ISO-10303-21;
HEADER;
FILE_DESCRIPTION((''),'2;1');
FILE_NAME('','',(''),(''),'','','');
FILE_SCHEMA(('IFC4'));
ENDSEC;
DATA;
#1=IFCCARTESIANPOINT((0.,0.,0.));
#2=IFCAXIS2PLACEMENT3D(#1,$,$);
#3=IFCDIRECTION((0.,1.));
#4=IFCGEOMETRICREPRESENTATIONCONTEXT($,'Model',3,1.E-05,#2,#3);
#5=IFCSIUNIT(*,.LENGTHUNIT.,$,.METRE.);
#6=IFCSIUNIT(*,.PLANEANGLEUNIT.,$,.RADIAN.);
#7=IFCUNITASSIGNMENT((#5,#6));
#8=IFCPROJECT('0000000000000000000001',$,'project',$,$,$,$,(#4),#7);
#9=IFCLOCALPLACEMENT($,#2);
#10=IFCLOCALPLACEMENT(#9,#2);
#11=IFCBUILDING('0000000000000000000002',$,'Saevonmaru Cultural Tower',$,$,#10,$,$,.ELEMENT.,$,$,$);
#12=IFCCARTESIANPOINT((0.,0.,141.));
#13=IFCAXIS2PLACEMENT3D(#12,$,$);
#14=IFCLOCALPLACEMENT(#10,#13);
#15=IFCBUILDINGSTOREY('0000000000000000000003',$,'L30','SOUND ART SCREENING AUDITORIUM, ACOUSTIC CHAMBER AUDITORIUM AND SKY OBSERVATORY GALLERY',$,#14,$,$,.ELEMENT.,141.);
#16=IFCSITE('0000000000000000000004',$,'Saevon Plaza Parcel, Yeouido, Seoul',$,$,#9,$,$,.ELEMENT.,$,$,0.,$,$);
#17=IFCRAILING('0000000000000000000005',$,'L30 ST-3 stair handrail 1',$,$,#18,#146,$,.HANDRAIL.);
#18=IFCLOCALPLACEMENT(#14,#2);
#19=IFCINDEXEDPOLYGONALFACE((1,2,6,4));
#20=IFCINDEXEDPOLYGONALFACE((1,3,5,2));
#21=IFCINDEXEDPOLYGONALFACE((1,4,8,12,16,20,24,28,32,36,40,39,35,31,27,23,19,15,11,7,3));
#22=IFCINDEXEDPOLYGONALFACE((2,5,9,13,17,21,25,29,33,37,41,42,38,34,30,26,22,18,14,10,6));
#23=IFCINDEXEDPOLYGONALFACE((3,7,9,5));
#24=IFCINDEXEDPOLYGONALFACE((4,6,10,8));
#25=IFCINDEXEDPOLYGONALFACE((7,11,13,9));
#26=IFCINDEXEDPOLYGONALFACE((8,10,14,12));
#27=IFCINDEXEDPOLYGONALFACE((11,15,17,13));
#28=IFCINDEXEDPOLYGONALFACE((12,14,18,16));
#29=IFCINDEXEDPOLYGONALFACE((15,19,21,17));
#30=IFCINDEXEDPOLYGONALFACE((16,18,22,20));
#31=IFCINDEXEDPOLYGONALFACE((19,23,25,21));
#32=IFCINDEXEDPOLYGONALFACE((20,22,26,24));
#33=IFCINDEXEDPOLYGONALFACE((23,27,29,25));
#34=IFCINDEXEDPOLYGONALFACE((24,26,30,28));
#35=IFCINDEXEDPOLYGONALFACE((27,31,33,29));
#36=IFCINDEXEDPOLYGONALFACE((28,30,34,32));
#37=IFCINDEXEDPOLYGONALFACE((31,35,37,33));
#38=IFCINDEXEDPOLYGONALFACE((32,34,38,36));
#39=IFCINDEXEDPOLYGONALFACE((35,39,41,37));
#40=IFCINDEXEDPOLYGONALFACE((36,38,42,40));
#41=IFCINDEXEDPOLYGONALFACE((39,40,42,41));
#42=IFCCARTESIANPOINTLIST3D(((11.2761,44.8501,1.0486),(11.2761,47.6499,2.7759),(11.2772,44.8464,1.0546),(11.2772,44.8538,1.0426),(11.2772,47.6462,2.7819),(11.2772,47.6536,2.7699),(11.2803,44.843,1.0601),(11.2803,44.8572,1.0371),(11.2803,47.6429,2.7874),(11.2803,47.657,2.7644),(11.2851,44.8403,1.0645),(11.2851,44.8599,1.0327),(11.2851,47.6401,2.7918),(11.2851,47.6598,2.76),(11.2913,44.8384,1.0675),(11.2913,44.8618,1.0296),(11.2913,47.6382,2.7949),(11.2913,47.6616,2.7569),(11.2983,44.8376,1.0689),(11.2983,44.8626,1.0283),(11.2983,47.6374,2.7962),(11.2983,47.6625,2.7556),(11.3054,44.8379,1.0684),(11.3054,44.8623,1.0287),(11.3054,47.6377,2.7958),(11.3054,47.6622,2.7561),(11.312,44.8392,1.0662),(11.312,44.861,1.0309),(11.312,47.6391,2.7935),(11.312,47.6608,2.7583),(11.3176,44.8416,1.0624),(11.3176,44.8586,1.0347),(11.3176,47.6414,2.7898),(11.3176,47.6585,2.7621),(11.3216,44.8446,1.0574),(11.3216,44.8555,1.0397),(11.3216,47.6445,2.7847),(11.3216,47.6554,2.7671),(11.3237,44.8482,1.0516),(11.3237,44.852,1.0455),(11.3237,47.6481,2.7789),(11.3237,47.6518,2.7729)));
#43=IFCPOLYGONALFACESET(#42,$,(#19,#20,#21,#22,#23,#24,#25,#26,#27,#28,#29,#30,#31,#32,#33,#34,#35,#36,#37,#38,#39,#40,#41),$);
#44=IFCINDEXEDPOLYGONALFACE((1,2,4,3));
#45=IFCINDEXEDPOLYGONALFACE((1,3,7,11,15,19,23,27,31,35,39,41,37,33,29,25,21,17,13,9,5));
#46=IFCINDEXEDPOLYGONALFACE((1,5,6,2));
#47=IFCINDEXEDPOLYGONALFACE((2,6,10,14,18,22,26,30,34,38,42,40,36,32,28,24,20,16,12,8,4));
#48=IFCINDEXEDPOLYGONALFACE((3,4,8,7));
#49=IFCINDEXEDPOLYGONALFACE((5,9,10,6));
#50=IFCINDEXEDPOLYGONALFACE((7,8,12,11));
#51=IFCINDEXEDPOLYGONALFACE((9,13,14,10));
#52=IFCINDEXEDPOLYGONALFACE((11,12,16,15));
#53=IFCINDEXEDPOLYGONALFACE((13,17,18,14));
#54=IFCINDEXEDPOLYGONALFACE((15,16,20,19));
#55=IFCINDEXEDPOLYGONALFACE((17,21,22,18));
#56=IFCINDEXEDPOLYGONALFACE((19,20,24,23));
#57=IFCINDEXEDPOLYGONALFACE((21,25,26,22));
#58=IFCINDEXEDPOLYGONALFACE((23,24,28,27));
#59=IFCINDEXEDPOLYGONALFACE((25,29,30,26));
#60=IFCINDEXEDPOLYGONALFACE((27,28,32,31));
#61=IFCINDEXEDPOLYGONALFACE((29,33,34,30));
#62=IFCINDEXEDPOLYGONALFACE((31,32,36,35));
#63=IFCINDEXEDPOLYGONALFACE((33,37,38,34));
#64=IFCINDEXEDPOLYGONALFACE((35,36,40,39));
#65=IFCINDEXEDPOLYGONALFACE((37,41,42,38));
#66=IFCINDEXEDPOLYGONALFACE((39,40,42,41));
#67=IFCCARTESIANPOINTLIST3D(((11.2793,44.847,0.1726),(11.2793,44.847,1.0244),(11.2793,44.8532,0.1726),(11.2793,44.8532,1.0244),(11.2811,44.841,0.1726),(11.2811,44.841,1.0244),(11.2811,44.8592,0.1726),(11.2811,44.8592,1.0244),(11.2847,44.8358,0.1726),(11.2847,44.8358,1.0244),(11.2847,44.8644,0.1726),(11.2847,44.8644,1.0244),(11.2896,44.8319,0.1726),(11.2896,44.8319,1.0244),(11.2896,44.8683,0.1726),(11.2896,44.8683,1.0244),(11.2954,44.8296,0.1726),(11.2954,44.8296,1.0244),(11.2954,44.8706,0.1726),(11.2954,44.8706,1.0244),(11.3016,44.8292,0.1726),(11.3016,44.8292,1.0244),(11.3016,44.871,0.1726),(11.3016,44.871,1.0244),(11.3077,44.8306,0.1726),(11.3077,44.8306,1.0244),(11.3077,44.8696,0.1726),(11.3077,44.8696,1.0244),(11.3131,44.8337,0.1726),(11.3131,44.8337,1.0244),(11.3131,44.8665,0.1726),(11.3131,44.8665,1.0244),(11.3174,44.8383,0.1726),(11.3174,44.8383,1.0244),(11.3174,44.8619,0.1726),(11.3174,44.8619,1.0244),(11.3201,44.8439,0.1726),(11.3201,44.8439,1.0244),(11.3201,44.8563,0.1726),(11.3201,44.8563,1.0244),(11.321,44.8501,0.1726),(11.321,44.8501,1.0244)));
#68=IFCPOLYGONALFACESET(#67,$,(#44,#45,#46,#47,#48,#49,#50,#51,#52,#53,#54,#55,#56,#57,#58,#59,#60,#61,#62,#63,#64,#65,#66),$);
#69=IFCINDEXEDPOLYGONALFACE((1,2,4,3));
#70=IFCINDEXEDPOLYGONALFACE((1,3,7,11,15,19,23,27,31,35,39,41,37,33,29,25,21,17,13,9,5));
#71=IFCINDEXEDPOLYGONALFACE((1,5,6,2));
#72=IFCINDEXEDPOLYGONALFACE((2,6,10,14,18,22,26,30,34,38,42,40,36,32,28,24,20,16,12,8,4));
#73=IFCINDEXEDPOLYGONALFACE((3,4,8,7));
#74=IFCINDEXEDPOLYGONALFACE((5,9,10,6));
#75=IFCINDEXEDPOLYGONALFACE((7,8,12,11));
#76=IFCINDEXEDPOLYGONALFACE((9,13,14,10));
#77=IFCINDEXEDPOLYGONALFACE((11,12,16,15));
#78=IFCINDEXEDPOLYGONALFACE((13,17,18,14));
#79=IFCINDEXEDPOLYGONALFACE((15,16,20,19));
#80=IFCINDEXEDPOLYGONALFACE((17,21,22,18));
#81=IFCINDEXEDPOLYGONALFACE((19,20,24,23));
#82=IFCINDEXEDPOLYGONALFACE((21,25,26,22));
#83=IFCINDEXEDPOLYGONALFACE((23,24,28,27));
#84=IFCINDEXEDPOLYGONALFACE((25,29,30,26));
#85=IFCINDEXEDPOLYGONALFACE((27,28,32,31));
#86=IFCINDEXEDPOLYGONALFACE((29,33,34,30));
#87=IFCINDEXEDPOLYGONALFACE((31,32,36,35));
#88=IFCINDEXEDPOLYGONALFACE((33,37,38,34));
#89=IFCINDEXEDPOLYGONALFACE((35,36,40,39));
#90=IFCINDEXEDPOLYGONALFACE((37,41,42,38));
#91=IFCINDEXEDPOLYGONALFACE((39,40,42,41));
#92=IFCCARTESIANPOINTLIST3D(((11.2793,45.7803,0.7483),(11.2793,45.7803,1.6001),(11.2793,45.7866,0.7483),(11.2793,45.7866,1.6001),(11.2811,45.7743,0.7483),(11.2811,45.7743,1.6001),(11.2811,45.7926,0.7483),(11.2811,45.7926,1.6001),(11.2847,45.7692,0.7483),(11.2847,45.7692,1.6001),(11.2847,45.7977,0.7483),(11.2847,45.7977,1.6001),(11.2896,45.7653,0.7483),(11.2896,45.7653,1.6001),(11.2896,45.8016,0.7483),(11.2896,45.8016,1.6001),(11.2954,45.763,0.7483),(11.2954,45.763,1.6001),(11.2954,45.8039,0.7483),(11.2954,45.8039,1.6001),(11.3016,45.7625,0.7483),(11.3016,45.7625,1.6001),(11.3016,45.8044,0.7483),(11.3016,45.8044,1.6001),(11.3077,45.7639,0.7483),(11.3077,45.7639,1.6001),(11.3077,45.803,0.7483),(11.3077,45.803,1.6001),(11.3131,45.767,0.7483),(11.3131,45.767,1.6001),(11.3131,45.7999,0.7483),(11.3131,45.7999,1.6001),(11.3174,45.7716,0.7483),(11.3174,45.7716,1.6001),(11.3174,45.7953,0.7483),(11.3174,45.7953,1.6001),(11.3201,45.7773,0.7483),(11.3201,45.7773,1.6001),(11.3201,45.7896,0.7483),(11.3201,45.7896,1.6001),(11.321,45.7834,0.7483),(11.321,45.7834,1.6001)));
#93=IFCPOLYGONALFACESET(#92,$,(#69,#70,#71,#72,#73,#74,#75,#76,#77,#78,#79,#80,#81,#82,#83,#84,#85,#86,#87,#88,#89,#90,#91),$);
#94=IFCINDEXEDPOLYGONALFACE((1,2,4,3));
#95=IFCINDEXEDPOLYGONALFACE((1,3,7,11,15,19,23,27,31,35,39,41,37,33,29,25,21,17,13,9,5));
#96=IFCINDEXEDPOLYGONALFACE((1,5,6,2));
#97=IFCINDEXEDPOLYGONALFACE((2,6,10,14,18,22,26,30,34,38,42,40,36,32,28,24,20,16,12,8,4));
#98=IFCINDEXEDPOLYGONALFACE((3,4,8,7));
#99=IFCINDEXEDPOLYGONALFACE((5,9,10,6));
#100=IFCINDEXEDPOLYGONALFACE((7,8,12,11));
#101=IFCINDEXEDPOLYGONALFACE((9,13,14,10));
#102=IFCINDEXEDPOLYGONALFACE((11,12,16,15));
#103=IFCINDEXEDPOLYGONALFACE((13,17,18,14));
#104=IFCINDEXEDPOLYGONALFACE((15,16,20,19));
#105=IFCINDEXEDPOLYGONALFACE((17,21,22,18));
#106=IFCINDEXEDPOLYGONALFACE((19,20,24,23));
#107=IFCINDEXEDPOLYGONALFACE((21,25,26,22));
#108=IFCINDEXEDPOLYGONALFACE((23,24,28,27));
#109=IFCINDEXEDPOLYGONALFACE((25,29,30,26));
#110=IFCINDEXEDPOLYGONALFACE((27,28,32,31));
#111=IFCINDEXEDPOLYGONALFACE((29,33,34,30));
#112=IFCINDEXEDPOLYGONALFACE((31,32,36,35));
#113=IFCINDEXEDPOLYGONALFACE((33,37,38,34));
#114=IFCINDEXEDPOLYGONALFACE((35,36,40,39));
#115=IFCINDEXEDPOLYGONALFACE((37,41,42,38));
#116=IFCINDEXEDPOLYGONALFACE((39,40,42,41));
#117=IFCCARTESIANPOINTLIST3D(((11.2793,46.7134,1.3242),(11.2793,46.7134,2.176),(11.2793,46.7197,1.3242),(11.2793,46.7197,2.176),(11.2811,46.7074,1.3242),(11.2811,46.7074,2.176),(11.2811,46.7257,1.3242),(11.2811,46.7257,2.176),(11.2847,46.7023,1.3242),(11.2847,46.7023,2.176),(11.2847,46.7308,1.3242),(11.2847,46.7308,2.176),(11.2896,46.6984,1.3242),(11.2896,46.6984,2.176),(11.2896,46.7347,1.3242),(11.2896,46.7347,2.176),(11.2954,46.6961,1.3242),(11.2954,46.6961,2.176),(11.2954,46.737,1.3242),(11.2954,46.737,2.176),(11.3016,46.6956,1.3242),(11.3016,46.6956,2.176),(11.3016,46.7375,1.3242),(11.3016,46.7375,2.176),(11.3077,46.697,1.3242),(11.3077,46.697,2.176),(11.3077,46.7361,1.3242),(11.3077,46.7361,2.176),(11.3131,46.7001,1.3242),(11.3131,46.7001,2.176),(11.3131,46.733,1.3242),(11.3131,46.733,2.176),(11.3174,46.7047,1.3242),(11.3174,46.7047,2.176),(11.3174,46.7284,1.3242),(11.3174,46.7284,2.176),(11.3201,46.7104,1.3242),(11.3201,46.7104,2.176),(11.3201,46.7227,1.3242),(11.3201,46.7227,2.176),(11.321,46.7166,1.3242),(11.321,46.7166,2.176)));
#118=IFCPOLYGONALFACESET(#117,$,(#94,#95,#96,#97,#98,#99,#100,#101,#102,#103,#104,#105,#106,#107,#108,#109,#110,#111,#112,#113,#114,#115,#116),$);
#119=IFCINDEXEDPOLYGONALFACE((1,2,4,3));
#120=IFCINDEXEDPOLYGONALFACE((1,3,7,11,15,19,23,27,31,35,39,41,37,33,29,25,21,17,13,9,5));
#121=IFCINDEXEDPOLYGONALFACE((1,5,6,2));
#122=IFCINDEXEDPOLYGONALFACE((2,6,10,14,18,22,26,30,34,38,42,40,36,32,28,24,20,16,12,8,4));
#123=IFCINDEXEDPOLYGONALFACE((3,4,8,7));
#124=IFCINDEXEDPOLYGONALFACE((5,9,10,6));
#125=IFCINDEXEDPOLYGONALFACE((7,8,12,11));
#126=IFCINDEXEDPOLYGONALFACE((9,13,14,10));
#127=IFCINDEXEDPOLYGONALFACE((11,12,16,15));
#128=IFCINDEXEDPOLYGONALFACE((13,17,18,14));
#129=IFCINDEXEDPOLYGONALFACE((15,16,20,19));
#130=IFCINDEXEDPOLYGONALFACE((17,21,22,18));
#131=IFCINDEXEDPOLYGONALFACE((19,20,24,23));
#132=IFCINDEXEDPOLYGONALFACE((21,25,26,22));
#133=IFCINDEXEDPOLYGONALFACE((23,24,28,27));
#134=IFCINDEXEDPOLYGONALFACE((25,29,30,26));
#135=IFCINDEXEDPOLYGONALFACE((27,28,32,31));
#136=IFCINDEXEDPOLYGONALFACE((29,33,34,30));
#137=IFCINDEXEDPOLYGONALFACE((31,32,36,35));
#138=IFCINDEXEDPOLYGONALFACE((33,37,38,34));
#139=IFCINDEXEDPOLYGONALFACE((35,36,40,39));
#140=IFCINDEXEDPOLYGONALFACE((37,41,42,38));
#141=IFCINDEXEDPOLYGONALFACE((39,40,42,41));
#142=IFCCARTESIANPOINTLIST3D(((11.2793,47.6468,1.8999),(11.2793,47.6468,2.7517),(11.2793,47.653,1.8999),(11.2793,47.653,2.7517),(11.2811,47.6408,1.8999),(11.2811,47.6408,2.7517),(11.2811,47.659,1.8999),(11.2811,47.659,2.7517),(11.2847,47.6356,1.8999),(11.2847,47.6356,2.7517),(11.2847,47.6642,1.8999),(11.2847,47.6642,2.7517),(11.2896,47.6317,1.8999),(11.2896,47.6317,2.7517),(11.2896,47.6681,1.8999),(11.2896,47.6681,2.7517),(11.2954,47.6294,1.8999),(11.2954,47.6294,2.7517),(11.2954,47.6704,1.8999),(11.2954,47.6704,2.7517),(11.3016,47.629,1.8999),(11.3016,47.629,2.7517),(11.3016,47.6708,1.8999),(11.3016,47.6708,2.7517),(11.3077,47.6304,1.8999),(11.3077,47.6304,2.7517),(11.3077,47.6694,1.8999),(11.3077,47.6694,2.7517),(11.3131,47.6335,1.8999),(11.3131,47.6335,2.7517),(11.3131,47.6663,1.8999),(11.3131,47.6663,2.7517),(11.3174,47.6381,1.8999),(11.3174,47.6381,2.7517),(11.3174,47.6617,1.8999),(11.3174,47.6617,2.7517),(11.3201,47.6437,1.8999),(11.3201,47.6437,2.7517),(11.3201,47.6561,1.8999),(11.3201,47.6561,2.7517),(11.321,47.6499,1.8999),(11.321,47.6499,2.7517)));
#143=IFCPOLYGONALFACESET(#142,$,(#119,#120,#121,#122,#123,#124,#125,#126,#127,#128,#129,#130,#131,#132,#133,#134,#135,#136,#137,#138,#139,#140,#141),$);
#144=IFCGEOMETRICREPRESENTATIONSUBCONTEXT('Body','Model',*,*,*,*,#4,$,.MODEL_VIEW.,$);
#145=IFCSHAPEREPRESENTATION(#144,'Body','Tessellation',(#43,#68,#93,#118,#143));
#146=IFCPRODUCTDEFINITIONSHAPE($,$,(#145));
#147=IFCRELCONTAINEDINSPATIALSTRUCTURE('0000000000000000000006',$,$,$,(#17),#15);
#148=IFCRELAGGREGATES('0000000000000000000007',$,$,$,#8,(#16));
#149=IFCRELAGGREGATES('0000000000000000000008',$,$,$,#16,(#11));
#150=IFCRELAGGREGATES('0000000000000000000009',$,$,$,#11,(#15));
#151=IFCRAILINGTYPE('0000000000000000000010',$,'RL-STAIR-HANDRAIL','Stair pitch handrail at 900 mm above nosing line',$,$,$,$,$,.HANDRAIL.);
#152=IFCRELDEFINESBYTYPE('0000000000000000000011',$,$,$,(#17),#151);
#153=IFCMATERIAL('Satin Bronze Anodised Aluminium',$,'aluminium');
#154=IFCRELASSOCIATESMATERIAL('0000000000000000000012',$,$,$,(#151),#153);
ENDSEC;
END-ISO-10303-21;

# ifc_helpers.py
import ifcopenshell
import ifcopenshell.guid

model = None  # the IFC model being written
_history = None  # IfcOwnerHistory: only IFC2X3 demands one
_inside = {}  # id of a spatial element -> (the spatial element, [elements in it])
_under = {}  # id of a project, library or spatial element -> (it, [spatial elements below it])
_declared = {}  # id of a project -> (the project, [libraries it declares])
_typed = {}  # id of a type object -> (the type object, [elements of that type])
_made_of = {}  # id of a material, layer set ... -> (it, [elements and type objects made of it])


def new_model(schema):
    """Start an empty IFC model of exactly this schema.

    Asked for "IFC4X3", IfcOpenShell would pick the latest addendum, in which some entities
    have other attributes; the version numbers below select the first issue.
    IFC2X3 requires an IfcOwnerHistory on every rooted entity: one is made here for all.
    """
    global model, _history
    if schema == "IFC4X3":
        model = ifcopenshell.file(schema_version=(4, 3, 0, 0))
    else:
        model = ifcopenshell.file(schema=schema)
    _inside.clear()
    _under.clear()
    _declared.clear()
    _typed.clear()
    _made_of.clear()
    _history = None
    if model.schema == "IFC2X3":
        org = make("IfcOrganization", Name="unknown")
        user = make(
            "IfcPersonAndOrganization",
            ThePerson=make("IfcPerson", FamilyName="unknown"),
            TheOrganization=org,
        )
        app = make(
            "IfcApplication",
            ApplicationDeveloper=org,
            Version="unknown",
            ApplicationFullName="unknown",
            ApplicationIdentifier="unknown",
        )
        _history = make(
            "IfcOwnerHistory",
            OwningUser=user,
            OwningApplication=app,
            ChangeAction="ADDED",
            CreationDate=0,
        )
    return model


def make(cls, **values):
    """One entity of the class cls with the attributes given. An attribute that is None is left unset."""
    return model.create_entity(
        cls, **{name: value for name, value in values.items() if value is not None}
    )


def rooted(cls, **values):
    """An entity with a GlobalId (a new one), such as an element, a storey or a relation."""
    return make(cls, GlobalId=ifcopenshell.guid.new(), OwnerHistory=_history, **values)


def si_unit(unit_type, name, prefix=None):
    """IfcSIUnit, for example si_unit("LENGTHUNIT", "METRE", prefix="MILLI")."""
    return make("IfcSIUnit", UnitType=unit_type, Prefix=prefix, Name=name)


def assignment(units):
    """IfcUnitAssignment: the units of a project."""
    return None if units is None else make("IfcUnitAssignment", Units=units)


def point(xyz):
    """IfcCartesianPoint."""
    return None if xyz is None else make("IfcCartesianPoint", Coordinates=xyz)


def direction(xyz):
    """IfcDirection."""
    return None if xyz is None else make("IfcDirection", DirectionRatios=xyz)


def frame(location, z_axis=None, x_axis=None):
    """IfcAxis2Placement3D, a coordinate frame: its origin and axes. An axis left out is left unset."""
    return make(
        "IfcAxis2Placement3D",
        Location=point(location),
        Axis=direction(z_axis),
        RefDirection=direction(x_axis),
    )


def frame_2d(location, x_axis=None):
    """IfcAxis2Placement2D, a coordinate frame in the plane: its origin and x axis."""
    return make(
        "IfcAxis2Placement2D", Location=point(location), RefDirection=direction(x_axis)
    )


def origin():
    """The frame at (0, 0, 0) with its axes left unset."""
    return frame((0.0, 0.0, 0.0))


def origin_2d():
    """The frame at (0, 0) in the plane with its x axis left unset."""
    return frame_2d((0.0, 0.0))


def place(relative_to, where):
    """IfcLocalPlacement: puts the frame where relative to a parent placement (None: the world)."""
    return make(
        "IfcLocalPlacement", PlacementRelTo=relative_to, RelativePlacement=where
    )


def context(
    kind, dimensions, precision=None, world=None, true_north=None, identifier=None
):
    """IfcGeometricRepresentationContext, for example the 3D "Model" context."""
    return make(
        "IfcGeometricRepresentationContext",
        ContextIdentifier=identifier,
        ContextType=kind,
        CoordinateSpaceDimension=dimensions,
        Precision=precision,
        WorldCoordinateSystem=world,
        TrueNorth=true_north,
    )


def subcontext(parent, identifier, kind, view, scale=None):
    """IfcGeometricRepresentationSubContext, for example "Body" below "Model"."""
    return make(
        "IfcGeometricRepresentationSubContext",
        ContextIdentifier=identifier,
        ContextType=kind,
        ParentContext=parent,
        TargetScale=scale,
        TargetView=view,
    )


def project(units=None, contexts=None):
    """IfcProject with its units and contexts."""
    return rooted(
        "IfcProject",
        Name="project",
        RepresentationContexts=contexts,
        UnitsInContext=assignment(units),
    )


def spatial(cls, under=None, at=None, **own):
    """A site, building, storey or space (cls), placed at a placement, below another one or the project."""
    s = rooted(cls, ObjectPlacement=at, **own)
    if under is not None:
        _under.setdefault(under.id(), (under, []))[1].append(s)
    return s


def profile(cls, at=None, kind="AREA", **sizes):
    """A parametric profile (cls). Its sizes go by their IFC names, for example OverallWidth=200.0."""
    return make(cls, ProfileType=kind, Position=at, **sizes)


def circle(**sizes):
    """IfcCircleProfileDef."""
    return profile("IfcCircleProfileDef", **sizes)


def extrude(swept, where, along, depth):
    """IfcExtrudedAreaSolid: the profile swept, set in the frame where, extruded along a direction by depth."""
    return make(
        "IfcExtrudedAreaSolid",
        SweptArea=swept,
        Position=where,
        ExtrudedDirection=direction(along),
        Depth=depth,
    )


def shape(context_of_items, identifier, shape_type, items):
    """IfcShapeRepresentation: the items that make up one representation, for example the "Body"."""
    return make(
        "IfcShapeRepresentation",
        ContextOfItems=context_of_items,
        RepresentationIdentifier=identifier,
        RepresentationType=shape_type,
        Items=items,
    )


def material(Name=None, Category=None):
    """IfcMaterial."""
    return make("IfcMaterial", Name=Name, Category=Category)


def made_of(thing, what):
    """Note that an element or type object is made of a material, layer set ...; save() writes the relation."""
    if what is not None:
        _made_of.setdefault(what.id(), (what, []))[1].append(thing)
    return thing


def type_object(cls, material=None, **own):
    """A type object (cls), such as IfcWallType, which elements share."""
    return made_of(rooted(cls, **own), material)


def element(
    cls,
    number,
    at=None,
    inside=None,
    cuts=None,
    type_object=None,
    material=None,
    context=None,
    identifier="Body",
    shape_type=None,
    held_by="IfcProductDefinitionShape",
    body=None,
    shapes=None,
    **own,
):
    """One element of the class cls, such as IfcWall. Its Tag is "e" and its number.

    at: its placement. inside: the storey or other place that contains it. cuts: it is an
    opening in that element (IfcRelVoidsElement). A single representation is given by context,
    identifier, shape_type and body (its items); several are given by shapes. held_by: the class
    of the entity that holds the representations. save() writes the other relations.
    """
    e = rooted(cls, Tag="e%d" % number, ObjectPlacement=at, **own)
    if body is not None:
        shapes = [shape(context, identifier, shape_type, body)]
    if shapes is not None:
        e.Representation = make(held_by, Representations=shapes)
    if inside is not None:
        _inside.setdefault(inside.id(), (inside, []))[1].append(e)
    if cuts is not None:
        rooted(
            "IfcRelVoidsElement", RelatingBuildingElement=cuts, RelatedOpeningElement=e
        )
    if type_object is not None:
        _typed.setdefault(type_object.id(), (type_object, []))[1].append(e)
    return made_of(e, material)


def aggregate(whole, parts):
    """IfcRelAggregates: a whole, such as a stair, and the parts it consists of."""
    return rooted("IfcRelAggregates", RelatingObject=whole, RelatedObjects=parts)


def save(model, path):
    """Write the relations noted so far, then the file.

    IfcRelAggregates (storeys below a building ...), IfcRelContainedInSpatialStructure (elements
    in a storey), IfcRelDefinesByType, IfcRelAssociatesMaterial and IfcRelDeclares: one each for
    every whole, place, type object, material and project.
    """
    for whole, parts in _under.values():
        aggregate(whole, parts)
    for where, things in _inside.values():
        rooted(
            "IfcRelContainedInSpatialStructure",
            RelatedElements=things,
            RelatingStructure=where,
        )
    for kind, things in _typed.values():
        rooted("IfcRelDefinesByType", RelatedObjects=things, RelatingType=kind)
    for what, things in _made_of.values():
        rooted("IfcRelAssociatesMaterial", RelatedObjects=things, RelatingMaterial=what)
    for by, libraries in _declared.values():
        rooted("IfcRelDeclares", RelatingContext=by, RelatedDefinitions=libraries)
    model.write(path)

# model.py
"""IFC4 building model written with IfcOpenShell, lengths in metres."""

from ifc_helpers import new_model, si_unit, direction, frame, origin, origin_2d, place, context, subcontext, project, spatial, circle, extrude, material, type_object, element, save


model = new_model("IFC4")

# Units and contexts
model_context = context("Model", 3, precision=1e-05, world=origin(), true_north=direction((0.0, 1.0)))
body_context = subcontext(model_context, "Body", "Model", "MODEL_VIEW")
ifc_project = project(units=[si_unit("LENGTHUNIT", "METRE"), si_unit("PLANEANGLEUNIT", "RADIAN")], contexts=[model_context])

# Site, building, storey
site_placement = place(None, origin())
site = spatial("IfcSite", under=ifc_project, at=site_placement, Name="Saevon Plaza Parcel, Yeouido, Seoul", CompositionType="ELEMENT", RefElevation=0.0)
building_placement = place(site_placement, origin())
building = spatial("IfcBuilding", under=site, at=building_placement, Name="Saevonmaru Cultural Tower", CompositionType="ELEMENT")
storey_placement = place(building_placement, frame((0.0, 0.0, 141.0)))
storey = spatial("IfcBuildingStorey", under=building, at=storey_placement, Name="L30", Description="SOUND ART SCREENING AUDITORIUM, ACOUSTIC CHAMBER AUDITORIUM AND SKY OBSERVATORY GALLERY", CompositionType="ELEMENT", Elevation=141.0)

# Shared definitions
ifc_material_1 = material(Name="Satin Bronze Anodised Aluminium", Category="aluminium")

# Railing
railing_type_1 = type_object("IfcRailingType", Name="RL-STAIR-HANDRAIL", Description="Stair pitch handrail at 900 mm above nosing line", PredefinedType="HANDRAIL", material=ifc_material_1)
railing_1_placement = place(storey_placement, frame((11.3, 44.8501, 0.1726)))
element("IfcRailing", 1, at=railing_1_placement, inside=storey, type_object=railing_type_1, Name="L30 ST-3 stair handrail 1", PredefinedType="HANDRAIL", context=body_context, shape_type="SweptSolid", body=[
    extrude(circle(Radius=0.0239, at=origin_2d()), frame((0.0, 0.0, 0.876), z_axis=(0.0, 0.851069, 0.525054), x_axis=(-1.0, 0.0, 0.0)), (0.0, 0.0, 1.0), 3.2898),
    extrude(circle(Radius=0.021, at=origin_2d()), origin(), (0.0, 0.0, 1.0), 0.8518),
    extrude(circle(Radius=0.021, at=origin_2d()), frame((0.0, 0.9333, 0.5757)), (0.0, 0.0, 1.0), 0.8518),
    extrude(circle(Radius=0.021, at=origin_2d()), frame((0.0, 1.8665, 1.1516)), (0.0, 0.0, 1.0), 0.8518),
    extrude(circle(Radius=0.021, at=origin_2d()), frame((0.0, 2.7998, 1.7273)), (0.0, 0.0, 1.0), 0.8518),
])

save(model, "model.ifc")
